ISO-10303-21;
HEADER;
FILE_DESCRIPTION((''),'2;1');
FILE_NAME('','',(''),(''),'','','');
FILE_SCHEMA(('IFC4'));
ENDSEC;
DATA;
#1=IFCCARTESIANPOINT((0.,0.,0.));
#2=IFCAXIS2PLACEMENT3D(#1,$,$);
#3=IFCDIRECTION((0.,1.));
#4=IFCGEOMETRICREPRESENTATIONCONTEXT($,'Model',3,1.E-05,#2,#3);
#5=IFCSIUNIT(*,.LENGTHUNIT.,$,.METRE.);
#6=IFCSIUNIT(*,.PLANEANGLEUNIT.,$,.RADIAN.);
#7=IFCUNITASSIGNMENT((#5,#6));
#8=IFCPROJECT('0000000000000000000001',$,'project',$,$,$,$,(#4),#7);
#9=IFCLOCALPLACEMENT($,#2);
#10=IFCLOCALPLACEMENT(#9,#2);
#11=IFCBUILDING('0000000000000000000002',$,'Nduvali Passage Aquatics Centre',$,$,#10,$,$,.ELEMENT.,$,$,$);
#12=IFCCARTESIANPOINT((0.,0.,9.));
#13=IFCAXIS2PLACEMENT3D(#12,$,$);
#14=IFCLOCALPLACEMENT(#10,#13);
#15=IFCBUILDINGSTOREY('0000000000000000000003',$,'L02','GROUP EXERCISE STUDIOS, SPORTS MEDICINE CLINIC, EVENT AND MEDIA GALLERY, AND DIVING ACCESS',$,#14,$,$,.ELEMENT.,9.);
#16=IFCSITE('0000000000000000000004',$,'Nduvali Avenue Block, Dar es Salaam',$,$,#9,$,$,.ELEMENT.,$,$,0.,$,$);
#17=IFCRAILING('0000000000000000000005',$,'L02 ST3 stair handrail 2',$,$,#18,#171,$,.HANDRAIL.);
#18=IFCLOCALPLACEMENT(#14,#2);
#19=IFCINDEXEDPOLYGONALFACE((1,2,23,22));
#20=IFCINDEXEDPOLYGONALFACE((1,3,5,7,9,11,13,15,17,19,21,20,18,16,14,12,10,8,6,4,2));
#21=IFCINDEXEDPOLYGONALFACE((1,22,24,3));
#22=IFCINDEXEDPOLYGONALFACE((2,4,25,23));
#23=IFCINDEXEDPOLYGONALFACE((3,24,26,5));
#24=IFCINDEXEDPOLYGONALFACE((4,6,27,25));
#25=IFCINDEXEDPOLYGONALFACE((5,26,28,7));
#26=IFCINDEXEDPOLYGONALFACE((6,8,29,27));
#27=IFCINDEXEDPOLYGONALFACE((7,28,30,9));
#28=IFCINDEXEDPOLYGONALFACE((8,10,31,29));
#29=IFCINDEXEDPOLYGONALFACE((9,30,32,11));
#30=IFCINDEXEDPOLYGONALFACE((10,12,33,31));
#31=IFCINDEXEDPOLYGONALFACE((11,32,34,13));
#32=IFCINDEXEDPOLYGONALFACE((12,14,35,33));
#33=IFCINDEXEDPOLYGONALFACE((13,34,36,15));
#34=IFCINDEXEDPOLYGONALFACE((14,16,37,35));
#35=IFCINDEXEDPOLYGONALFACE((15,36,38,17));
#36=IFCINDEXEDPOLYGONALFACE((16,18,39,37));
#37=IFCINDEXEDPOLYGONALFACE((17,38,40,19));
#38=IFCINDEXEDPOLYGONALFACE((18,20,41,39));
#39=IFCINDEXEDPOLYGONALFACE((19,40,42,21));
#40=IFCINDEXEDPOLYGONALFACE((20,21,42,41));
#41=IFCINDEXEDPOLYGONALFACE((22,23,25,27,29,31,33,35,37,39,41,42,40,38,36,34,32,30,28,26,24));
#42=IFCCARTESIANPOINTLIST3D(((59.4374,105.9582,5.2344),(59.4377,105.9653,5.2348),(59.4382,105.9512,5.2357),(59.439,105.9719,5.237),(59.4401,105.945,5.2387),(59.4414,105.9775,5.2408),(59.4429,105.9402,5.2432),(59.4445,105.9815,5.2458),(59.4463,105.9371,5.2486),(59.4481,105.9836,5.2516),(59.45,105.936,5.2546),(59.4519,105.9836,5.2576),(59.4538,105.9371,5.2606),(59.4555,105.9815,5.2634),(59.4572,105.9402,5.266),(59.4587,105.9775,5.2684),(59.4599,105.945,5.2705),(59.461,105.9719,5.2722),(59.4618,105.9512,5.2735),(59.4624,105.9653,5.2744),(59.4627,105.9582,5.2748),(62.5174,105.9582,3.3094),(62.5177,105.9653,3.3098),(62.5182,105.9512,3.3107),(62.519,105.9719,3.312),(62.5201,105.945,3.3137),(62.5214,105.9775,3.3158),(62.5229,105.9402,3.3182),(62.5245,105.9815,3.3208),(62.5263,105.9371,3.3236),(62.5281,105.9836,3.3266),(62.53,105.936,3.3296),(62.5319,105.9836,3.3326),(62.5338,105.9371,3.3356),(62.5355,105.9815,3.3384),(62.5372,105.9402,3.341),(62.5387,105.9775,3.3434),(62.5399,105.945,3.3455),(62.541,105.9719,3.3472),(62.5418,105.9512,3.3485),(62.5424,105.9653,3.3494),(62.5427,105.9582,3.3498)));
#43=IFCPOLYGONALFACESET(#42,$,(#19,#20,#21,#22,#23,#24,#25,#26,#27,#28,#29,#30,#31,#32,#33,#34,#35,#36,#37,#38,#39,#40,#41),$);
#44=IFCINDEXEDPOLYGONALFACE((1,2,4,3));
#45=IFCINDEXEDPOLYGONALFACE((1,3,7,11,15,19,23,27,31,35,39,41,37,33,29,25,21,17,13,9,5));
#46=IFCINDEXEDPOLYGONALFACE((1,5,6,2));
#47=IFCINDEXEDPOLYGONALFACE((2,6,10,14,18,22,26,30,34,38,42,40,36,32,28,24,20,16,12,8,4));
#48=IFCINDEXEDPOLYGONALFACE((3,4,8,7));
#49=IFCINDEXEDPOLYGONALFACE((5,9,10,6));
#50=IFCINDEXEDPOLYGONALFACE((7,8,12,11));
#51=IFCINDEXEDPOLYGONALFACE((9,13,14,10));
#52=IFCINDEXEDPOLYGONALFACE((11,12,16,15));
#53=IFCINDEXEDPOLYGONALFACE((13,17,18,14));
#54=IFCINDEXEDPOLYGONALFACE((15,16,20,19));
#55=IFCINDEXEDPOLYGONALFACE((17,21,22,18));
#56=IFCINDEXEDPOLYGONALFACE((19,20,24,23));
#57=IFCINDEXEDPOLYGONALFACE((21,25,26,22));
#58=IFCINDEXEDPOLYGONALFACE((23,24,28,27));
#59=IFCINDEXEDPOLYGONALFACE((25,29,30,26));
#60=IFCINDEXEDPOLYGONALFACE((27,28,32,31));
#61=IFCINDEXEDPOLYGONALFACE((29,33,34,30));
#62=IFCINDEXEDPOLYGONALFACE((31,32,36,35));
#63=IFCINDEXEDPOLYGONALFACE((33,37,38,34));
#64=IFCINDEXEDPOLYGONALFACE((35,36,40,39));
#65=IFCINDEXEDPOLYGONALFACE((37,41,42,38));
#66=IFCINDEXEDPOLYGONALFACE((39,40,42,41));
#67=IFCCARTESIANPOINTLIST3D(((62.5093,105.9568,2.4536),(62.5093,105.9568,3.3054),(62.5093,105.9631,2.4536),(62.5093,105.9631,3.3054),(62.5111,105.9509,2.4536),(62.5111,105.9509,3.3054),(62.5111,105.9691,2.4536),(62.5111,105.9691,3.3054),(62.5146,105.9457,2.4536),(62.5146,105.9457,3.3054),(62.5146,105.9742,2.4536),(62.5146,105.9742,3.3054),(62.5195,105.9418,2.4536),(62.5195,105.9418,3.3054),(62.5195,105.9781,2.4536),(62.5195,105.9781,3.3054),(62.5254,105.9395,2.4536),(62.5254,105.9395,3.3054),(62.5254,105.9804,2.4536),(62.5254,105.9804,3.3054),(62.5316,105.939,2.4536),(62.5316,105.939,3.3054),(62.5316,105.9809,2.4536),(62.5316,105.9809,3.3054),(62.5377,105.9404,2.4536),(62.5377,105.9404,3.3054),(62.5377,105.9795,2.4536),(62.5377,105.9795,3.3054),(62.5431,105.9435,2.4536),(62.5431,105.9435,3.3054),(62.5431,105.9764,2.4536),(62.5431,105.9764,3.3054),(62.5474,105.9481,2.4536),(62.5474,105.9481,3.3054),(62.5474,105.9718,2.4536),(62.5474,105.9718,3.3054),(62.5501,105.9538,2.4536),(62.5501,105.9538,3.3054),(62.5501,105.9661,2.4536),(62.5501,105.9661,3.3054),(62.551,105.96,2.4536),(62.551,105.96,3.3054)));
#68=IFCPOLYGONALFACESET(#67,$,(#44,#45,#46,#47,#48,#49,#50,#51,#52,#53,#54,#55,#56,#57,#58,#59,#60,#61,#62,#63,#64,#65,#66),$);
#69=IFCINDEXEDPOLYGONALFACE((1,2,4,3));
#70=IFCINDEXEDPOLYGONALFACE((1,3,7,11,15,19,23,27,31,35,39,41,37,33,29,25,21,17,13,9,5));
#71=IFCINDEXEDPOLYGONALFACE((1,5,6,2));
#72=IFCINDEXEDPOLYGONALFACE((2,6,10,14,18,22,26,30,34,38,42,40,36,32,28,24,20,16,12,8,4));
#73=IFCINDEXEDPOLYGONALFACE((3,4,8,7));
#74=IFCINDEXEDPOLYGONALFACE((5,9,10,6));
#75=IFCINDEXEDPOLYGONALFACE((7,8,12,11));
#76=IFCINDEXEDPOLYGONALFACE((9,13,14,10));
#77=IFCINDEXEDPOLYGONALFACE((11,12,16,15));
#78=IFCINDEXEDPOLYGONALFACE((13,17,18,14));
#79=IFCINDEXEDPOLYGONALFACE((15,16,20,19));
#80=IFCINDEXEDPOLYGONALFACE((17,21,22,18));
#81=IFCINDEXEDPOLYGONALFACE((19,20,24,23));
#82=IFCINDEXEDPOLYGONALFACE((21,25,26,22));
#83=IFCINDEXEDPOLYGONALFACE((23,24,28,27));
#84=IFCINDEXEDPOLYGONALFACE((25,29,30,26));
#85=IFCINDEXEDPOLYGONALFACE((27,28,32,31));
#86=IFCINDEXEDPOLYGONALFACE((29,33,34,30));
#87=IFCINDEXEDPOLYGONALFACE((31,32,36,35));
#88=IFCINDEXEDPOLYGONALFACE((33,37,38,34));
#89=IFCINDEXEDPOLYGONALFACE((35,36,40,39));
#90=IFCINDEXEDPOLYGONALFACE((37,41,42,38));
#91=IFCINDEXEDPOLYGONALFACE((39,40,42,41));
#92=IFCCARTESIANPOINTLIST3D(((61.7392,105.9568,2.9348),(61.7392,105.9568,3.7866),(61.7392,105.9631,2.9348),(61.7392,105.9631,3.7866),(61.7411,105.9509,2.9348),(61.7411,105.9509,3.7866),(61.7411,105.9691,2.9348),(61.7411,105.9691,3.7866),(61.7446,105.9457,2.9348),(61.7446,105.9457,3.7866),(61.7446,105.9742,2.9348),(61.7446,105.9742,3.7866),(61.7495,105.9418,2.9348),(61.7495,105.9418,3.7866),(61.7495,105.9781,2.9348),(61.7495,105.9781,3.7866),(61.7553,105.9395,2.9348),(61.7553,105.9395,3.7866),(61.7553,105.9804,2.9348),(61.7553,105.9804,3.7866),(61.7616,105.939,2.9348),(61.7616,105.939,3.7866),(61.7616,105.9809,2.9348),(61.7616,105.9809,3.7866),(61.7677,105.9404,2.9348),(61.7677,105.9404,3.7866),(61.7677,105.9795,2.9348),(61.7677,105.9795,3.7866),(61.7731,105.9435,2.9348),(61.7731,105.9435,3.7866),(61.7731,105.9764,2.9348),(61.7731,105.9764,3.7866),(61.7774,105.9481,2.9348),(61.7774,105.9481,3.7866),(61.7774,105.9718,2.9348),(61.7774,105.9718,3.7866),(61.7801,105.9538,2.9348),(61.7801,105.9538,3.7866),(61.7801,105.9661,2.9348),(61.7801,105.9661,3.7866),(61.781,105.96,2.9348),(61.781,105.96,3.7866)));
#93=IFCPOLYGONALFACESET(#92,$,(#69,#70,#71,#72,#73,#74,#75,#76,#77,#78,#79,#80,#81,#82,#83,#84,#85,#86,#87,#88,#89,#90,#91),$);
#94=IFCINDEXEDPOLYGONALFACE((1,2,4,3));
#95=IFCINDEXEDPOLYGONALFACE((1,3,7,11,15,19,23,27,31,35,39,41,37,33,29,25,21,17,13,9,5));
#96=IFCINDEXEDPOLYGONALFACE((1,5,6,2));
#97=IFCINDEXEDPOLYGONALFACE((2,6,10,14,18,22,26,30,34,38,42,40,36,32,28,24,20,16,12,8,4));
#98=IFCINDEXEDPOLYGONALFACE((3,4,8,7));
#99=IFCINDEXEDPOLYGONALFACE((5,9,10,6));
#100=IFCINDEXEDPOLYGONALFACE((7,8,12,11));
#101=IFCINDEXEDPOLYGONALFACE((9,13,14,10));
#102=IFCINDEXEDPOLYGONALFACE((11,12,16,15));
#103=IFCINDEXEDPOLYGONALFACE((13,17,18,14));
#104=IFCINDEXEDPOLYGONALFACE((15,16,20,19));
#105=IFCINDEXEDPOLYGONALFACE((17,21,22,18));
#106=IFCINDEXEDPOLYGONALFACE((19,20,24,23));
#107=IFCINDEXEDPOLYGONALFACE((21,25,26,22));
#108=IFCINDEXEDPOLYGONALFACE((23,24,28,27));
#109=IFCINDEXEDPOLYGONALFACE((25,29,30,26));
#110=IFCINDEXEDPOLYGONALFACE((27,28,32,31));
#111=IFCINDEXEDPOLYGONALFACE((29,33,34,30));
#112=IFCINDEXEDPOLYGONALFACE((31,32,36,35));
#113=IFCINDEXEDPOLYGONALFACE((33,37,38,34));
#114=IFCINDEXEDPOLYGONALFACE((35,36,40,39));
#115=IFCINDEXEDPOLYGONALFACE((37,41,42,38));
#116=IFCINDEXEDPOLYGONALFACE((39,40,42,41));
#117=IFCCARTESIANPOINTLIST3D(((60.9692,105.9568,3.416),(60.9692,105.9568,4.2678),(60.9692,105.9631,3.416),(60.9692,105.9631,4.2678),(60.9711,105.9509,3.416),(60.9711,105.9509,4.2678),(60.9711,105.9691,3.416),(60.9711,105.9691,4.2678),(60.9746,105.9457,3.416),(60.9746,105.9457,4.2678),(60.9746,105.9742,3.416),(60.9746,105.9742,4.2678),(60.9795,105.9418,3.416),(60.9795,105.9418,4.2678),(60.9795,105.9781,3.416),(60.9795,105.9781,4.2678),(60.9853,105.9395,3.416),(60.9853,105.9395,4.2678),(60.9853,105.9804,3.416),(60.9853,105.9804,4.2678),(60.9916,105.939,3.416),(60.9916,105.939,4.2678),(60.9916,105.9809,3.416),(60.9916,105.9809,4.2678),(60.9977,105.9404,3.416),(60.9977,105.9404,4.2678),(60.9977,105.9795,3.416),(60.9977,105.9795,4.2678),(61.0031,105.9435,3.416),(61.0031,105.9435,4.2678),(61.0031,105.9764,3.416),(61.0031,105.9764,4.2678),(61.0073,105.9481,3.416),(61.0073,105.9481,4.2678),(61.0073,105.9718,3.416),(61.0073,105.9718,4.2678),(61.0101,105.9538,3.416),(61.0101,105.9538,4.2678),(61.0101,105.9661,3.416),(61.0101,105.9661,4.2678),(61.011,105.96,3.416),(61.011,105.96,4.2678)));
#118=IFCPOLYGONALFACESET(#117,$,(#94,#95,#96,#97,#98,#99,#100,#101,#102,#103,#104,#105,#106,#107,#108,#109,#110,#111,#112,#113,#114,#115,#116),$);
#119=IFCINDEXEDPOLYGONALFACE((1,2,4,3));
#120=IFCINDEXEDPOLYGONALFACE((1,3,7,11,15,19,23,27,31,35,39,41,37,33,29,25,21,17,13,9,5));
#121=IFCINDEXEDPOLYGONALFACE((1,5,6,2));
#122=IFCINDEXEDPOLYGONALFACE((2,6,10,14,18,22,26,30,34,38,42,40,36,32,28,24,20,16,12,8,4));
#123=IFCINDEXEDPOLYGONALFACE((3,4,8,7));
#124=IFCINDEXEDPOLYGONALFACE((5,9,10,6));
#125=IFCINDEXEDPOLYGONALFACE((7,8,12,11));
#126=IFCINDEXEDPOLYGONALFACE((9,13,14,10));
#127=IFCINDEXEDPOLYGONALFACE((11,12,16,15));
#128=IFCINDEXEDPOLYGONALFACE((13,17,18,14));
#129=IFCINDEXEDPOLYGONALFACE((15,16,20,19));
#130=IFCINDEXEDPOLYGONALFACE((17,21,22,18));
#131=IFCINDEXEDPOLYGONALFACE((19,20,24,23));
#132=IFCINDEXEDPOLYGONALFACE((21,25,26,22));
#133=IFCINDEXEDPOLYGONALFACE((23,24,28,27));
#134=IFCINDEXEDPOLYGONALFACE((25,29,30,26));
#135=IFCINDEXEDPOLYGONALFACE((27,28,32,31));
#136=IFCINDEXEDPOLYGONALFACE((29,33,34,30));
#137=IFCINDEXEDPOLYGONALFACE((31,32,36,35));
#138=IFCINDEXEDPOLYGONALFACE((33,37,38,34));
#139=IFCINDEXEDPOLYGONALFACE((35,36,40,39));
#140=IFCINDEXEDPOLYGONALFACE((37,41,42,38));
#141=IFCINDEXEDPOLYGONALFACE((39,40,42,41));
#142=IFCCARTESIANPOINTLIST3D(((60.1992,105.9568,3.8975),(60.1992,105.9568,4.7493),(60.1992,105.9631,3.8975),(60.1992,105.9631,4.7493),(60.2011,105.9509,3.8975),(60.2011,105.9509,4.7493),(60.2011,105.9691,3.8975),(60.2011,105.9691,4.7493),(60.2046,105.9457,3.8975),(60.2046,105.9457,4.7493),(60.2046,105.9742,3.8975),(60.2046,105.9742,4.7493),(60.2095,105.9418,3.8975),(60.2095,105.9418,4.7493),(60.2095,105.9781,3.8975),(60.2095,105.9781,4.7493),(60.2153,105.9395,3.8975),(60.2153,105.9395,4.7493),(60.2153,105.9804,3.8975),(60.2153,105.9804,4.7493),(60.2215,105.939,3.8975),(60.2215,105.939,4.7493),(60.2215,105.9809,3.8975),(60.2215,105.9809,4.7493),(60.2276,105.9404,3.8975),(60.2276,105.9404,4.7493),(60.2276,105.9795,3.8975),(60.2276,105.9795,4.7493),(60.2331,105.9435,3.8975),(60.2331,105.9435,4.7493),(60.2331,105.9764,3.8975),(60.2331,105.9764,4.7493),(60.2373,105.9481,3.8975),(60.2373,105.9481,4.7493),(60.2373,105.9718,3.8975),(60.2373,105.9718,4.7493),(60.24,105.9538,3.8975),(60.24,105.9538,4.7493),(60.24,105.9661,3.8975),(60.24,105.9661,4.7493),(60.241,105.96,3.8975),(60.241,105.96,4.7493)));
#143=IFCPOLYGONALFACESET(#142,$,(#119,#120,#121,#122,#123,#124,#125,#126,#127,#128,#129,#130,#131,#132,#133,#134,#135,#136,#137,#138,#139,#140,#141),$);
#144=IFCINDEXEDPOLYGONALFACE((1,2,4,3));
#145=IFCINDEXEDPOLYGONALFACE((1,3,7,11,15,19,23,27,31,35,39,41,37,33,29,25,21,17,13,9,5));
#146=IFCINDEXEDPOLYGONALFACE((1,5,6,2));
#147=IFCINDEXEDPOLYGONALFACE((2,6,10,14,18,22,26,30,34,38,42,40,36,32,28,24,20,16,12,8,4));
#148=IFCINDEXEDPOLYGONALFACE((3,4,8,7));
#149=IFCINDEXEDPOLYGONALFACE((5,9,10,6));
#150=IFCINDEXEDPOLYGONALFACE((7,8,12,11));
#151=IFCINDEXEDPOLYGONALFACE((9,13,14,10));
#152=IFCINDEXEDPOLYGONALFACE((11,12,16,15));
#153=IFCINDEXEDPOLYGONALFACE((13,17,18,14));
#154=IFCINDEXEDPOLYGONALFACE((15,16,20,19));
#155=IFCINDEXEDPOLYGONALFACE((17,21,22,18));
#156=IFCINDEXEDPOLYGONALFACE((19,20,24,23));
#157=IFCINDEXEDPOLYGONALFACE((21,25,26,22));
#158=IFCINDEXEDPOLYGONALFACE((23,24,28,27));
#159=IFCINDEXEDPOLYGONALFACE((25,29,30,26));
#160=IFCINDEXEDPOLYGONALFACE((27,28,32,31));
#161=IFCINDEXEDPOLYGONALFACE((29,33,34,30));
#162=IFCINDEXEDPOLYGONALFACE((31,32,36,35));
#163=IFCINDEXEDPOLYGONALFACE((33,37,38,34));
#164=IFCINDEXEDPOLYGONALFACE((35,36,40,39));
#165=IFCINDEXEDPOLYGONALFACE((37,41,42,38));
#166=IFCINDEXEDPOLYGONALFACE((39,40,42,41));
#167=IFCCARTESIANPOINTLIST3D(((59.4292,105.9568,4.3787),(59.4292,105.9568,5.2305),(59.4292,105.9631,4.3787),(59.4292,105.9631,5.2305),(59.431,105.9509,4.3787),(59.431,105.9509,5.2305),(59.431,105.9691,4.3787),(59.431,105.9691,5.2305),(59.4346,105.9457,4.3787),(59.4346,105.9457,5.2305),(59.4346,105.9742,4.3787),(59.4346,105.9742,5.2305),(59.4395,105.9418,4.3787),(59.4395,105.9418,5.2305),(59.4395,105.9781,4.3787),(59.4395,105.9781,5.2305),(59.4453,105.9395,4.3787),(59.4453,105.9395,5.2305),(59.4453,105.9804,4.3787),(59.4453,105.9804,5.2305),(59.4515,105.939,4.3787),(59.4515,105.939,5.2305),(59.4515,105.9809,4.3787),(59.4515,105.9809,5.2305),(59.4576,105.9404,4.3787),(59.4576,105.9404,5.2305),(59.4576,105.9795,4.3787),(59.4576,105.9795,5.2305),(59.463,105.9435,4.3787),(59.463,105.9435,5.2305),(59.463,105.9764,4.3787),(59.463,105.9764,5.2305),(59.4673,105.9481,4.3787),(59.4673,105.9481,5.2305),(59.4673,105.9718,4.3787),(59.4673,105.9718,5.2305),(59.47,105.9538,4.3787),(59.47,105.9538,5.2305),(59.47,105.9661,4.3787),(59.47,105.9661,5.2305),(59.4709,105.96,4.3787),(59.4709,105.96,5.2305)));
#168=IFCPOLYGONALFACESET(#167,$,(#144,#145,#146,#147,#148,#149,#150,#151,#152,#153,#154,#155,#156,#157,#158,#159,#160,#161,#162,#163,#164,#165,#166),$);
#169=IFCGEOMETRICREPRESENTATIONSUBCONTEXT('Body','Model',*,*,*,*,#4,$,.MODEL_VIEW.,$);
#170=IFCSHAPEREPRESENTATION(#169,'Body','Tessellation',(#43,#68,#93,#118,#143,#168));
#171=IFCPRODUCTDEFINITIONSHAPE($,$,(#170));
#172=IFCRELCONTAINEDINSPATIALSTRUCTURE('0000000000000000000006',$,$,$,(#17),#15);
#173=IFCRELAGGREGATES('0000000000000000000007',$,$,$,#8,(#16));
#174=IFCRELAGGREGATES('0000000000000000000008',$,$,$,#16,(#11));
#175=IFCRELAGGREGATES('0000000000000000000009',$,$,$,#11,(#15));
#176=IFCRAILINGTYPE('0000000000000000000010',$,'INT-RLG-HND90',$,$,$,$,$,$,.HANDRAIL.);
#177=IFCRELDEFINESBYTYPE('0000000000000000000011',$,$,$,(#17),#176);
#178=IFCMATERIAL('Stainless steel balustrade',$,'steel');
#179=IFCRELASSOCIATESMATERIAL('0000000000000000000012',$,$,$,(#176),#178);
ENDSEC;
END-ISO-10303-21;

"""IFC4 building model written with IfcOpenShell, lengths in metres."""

from ifc_helpers import new_model, si_unit, direction, frame, origin, origin_2d, place, context, subcontext, project, spatial, circle, extrude, material, type_object, element, save


model = new_model("IFC4")

# Units and contexts
model_context = context("Model", 3, precision=1e-05, world=origin(), true_north=direction((0.0, 1.0)))
body_context = subcontext(model_context, "Body", "Model", "MODEL_VIEW")
ifc_project = project(units=[si_unit("LENGTHUNIT", "METRE"), si_unit("PLANEANGLEUNIT", "RADIAN")], contexts=[model_context])

# Site, building, storey
site_placement = place(None, origin())
site = spatial("IfcSite", under=ifc_project, at=site_placement, Name="Nduvali Avenue Block, Dar es Salaam", CompositionType="ELEMENT", RefElevation=0.0)
building_placement = place(site_placement, origin())
building = spatial("IfcBuilding", under=site, at=building_placement, Name="Nduvali Passage Aquatics Centre", CompositionType="ELEMENT")
storey_placement = place(building_placement, frame((0.0, 0.0, 9.0)))
storey = spatial("IfcBuildingStorey", under=building, at=storey_placement, Name="L02", Description="GROUP EXERCISE STUDIOS, SPORTS MEDICINE CLINIC, EVENT AND MEDIA GALLERY, AND DIVING ACCESS", CompositionType="ELEMENT", Elevation=9.0)

# Railing
ifc_material_1 = material(Name="Stainless steel balustrade", Category="steel")
railing_type_1 = type_object("IfcRailingType", Name="INT-RLG-HND90", PredefinedType="HANDRAIL", material=ifc_material_1)
for number, where, name in (
    (1, (62.53, 105.96, 2.4536), "L02 ST3 stair handrail 2"),
):
    element("IfcRailing", number, at=place(storey_placement, frame(where)), inside=storey, type_object=railing_type_1, Name=name, PredefinedType="HANDRAIL", context=body_context, shape_type="SweptSolid", body=[
        extrude(circle(Radius=0.0239, at=origin_2d()), frame((0.0, 0.0, 0.876), z_axis=(-0.847998, 0.0, 0.529999), x_axis=(0.0, -1.0, 0.0)), (0.0, 0.0, 1.0), 3.6321),
        extrude(circle(Radius=0.021, at=origin_2d()), origin(), (0.0, 0.0, 1.0), 0.8518),
        extrude(circle(Radius=0.021, at=origin_2d()), frame((-0.77, 0.0, 0.4812)), (0.0, 0.0, 1.0), 0.8518),
        extrude(circle(Radius=0.021, at=origin_2d()), frame((-1.54, 0.0, 0.9624)), (0.0, 0.0, 1.0), 0.8518),
        extrude(circle(Radius=0.021, at=origin_2d()), frame((-2.3101, 0.0, 1.4438)), (0.0, 0.0, 1.0), 0.8518),
        extrude(circle(Radius=0.021, at=origin_2d()), frame((-3.0801, 0.0, 1.925)), (0.0, 0.0, 1.0), 0.8518),
    ])

save(model, "model.ifc")
